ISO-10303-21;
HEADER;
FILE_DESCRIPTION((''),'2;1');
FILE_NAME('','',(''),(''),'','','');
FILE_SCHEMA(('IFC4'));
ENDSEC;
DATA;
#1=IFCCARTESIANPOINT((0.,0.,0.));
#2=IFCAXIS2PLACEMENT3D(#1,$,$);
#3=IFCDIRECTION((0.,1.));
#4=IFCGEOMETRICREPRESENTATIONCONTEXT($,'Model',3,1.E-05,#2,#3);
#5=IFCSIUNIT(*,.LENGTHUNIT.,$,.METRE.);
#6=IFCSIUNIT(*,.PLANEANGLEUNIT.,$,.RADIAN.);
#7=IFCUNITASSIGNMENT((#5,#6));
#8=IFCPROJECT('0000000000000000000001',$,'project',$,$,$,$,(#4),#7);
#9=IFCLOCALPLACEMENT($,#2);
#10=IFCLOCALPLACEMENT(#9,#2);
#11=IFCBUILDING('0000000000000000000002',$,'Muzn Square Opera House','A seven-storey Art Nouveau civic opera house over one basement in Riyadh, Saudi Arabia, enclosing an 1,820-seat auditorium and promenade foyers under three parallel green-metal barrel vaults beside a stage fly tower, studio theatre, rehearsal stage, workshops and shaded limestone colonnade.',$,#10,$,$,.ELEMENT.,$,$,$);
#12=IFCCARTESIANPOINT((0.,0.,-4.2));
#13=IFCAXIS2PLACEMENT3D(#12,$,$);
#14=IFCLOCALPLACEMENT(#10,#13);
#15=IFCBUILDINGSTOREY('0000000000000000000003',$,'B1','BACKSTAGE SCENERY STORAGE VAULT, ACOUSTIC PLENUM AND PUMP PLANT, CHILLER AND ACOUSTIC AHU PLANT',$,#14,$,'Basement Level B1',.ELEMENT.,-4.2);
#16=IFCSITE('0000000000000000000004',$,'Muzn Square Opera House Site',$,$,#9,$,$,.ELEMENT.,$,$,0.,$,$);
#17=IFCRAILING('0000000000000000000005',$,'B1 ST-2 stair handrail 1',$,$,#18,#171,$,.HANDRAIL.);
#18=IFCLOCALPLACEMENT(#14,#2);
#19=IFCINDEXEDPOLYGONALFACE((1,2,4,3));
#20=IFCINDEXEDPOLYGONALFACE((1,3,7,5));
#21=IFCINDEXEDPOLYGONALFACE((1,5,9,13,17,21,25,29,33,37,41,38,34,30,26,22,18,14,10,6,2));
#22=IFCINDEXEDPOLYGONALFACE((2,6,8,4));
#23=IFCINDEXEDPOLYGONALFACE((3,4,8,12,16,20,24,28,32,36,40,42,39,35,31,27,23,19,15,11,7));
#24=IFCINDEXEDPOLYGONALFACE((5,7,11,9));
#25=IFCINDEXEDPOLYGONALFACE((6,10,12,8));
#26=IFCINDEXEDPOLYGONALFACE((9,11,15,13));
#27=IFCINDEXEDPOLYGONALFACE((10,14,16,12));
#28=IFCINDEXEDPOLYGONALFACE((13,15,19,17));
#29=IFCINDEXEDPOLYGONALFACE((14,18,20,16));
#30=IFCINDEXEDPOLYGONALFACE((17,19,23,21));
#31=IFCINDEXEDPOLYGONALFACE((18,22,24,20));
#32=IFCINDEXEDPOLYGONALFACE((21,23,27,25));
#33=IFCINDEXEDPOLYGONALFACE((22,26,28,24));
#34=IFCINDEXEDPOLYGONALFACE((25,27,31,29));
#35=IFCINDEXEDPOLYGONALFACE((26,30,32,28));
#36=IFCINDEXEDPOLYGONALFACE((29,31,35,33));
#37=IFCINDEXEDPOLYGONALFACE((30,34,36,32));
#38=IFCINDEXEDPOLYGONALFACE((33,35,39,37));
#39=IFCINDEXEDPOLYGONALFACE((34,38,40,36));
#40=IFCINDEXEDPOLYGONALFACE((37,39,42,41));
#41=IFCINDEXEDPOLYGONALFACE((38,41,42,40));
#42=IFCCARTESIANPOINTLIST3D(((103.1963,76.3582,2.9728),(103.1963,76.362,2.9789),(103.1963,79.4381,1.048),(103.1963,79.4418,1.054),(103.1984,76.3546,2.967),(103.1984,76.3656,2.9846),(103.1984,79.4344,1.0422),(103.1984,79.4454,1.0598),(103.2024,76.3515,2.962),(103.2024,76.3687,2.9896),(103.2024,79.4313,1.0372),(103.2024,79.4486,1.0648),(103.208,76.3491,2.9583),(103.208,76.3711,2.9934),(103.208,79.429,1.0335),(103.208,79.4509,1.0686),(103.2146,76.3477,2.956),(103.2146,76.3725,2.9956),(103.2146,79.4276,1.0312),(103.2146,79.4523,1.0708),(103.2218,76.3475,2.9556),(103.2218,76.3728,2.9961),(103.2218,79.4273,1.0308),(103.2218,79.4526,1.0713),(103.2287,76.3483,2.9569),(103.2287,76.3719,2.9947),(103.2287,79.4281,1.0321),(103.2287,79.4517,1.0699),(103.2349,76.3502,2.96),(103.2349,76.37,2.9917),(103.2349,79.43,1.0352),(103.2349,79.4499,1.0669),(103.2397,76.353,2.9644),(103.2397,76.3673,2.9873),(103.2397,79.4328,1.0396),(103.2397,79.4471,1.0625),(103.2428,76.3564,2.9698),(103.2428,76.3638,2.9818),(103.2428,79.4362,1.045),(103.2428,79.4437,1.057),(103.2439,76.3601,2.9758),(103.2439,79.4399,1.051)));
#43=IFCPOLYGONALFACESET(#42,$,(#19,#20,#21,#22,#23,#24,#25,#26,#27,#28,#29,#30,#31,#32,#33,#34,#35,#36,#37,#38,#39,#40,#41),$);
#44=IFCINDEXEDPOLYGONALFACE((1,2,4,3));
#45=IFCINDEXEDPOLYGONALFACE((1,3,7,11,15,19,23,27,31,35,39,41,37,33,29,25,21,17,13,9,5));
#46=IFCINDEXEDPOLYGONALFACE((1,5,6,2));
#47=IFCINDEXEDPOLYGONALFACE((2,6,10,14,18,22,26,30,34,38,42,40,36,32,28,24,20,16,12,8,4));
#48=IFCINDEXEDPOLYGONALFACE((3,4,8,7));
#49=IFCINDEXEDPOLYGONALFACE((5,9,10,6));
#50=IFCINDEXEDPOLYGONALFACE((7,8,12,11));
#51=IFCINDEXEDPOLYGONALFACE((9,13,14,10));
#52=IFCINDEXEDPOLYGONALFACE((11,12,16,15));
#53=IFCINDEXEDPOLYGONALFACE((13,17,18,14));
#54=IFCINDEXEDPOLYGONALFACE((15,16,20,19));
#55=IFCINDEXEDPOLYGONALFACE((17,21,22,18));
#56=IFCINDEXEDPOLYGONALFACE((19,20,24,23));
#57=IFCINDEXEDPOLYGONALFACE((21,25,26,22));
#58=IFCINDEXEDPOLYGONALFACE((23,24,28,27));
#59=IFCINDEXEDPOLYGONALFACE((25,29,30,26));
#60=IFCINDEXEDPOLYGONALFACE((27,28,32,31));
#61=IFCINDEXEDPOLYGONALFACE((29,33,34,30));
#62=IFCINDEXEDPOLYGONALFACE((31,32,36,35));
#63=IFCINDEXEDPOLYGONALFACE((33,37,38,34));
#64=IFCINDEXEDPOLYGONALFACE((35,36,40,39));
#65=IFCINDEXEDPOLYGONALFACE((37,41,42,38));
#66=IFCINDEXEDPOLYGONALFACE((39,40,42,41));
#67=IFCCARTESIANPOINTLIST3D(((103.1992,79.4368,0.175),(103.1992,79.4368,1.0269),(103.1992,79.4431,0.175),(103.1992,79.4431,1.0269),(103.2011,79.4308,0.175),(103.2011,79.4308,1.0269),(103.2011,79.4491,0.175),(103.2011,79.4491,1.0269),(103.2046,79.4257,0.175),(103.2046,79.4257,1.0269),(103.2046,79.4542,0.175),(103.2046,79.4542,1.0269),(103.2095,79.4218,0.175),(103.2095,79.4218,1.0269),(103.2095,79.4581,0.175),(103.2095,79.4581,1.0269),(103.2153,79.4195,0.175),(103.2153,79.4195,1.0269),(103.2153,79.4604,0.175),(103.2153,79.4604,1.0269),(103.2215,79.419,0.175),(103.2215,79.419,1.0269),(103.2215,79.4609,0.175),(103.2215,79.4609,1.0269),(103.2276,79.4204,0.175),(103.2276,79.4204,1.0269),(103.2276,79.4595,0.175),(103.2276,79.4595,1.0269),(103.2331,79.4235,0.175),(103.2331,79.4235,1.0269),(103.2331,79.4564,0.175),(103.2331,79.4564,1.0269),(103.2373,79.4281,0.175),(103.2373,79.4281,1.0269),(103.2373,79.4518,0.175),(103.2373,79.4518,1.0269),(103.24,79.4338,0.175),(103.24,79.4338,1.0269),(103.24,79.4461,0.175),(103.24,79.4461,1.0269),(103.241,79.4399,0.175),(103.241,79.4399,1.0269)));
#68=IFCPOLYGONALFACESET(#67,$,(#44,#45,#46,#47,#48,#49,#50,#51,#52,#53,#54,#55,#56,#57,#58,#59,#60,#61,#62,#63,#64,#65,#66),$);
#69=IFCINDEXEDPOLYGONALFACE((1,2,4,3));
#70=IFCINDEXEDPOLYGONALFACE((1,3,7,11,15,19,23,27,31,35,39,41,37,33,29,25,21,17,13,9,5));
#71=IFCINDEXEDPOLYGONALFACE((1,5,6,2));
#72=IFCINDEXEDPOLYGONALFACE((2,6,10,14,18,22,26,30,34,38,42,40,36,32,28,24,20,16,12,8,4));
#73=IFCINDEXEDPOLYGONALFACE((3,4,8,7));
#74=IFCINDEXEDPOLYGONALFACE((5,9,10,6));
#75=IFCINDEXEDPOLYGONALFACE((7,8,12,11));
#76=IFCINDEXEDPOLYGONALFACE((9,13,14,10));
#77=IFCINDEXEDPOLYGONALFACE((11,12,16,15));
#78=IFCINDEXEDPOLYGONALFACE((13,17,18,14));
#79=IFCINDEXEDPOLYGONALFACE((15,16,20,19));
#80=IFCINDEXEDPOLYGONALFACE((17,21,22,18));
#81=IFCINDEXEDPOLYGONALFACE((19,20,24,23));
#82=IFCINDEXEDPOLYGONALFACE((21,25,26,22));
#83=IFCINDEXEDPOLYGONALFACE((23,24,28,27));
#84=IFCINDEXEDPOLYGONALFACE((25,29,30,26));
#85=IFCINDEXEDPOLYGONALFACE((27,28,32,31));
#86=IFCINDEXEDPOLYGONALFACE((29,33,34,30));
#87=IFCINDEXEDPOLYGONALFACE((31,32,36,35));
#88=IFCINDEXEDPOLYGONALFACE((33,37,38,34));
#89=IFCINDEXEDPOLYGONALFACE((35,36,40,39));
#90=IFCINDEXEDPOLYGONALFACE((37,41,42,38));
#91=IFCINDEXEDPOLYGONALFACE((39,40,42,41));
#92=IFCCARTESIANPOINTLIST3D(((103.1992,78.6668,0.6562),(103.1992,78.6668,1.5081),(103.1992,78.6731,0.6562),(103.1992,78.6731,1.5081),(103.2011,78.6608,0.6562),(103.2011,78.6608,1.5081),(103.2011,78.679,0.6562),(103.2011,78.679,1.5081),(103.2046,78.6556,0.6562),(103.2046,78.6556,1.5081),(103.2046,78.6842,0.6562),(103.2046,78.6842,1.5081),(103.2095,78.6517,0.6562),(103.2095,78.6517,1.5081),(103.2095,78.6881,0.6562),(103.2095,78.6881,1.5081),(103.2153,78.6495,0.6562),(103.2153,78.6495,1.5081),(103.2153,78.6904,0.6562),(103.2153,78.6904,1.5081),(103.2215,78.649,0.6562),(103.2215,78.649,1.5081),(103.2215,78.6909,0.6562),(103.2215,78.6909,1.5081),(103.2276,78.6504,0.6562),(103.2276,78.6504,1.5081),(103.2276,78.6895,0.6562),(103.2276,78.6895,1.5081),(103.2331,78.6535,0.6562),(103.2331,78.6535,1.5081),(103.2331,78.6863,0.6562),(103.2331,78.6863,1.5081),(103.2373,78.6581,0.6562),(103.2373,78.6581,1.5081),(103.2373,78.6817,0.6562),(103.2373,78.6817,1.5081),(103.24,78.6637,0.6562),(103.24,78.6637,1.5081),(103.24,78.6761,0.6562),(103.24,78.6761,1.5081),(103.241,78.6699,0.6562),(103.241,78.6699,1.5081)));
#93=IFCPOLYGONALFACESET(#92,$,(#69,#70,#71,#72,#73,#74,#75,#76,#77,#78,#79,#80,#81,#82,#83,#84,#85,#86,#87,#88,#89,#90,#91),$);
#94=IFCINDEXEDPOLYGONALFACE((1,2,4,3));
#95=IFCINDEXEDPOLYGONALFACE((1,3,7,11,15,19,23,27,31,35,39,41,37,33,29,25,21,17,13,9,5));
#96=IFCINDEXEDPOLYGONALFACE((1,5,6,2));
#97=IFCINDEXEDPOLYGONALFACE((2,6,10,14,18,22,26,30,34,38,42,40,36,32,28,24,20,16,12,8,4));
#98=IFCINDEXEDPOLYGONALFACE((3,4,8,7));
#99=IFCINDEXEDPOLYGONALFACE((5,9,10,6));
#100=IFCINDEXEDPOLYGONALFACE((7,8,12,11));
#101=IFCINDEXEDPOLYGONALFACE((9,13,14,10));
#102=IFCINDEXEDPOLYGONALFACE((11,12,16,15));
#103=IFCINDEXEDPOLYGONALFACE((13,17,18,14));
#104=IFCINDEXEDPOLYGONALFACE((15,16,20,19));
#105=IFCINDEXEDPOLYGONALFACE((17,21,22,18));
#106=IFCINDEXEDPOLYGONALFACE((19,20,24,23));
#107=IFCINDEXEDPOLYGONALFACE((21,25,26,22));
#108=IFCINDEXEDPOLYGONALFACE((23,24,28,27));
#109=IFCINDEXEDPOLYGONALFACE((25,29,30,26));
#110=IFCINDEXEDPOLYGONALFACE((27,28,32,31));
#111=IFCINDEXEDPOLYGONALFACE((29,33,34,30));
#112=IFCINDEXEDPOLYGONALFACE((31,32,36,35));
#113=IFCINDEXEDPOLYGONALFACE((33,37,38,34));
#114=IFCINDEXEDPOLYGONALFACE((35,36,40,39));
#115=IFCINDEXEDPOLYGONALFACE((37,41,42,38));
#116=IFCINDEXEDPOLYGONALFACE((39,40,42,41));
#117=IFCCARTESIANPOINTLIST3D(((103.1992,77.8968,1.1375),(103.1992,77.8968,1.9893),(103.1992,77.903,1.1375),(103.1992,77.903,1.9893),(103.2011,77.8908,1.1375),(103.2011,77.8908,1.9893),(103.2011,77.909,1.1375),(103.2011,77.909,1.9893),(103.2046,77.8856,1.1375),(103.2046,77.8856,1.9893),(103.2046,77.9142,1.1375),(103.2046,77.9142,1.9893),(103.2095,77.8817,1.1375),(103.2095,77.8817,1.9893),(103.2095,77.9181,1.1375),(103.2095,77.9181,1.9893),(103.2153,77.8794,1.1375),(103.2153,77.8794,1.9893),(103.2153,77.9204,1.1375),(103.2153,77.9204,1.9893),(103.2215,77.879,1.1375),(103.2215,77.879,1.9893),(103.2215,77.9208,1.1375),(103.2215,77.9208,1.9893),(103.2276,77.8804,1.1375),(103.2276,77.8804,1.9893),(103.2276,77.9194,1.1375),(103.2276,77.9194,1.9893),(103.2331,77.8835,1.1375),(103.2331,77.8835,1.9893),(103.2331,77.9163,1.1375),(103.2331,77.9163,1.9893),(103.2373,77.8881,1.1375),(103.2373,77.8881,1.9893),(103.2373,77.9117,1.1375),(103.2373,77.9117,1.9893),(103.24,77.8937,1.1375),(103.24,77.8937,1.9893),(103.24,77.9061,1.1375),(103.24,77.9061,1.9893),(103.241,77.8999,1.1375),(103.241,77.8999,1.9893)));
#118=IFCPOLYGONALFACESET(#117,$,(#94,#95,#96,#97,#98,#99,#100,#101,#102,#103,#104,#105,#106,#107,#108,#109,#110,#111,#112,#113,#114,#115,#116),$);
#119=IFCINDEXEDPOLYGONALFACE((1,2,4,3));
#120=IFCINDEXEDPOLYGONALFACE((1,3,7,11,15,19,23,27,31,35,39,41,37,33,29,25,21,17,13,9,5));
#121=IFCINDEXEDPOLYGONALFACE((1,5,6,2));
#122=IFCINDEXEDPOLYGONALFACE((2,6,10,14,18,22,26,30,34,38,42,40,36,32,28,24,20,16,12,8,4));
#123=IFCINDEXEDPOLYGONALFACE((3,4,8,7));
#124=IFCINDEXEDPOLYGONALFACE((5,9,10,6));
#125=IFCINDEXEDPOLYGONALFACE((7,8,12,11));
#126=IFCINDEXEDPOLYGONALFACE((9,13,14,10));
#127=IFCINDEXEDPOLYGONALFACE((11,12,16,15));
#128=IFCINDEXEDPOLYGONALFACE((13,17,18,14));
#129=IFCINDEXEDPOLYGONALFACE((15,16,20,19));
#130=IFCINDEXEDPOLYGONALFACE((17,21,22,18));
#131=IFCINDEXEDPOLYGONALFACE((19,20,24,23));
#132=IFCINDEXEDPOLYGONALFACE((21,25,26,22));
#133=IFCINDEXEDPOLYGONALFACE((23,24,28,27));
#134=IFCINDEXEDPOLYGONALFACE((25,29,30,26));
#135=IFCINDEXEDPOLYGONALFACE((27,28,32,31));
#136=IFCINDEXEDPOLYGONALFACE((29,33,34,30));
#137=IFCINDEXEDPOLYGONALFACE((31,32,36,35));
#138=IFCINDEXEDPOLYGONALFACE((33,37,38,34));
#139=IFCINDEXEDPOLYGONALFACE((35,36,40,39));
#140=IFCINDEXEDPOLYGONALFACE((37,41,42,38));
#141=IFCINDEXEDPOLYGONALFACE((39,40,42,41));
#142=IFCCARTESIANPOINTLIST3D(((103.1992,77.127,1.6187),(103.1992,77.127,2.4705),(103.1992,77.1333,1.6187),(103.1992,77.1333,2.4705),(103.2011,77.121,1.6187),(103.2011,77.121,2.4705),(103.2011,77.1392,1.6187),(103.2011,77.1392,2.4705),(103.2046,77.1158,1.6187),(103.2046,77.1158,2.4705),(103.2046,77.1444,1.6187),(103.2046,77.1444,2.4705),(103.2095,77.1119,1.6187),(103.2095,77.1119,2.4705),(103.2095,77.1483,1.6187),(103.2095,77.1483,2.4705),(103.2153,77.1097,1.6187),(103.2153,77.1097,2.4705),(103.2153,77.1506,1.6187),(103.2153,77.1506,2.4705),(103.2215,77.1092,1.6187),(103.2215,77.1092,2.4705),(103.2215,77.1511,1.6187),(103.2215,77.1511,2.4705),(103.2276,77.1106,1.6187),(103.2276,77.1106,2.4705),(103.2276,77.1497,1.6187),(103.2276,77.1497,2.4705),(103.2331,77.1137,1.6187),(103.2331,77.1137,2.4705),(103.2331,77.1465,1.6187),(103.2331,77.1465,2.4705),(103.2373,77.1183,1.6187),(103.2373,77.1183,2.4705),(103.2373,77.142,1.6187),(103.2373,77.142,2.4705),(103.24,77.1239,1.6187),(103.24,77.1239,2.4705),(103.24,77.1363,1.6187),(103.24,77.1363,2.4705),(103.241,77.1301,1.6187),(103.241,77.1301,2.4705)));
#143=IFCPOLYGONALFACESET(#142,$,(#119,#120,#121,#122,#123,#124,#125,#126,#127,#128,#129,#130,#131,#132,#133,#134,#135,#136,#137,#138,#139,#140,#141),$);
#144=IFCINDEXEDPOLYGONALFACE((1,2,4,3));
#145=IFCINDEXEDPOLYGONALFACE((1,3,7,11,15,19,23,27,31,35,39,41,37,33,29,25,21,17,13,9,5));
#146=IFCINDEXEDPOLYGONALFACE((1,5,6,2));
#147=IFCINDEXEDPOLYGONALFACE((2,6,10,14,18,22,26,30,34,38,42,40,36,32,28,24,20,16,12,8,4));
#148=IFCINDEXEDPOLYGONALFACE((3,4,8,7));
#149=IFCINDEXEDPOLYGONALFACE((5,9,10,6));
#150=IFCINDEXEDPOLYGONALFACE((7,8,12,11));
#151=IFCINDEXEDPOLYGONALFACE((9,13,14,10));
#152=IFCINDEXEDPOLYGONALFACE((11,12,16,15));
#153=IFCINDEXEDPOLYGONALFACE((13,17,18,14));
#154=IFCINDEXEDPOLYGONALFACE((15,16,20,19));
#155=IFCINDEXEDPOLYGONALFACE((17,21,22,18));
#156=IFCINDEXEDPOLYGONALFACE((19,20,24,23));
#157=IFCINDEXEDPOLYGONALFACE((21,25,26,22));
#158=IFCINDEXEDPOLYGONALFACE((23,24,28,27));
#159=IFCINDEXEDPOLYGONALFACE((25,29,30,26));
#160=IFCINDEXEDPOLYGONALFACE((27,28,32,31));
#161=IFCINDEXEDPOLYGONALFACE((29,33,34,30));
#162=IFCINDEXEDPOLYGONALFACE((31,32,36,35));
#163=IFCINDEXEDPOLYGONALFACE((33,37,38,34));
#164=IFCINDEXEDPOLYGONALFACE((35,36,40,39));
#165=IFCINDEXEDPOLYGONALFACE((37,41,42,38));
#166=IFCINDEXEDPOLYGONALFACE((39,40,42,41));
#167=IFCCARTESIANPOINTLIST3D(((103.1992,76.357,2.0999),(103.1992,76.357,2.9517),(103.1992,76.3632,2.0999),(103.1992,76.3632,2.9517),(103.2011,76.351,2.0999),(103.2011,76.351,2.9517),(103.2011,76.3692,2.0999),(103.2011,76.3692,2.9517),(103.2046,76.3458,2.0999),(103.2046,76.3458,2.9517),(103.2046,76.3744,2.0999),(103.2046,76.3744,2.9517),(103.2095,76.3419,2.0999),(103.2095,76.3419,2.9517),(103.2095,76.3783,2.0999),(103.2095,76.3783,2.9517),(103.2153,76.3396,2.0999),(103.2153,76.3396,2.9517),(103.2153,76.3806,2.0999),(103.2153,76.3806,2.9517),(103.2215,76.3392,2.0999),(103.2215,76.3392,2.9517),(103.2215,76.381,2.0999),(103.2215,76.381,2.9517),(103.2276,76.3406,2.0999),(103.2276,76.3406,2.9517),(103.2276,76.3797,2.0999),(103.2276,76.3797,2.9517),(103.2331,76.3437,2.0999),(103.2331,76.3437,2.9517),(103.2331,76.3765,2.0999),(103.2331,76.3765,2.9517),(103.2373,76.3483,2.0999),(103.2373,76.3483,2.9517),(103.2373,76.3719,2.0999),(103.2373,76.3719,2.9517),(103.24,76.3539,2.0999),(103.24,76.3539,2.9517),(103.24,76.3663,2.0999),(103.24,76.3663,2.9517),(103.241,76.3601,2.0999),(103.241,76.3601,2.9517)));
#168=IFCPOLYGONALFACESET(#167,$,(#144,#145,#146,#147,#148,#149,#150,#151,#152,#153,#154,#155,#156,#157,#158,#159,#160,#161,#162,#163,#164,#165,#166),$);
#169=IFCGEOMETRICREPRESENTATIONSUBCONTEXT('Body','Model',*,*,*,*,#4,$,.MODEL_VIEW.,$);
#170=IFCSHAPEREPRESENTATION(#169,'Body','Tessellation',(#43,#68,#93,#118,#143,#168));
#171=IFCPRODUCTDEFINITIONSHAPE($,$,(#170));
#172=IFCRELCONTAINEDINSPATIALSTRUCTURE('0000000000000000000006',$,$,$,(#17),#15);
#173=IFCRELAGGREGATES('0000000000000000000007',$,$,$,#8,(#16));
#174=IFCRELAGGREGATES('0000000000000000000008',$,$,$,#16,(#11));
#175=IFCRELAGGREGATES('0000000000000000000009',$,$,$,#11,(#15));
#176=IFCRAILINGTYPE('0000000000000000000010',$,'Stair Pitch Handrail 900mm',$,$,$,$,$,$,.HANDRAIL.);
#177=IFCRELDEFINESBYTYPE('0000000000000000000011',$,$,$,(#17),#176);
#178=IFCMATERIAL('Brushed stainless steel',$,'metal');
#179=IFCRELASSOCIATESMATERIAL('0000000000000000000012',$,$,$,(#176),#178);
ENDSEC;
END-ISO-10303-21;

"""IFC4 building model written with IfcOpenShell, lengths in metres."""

from ifc_helpers import new_model, si_unit, direction, frame, origin, origin_2d, place, context, subcontext, project, spatial, circle, extrude, material, type_object, element, save


model = new_model("IFC4")

# Units and contexts
model_context = context("Model", 3, precision=1e-05, world=origin(), true_north=direction((0.0, 1.0)))
body_context = subcontext(model_context, "Body", "Model", "MODEL_VIEW")
ifc_project = project(units=[si_unit("LENGTHUNIT", "METRE"), si_unit("PLANEANGLEUNIT", "RADIAN")], contexts=[model_context])

# Site, building, storey
site_placement = place(None, origin())
site = spatial("IfcSite", under=ifc_project, at=site_placement, Name="Muzn Square Opera House Site", CompositionType="ELEMENT", RefElevation=0.0)
building_placement = place(site_placement, origin())
building = spatial("IfcBuilding", under=site, at=building_placement, Name="Muzn Square Opera House", Description="A seven-storey Art Nouveau civic opera house over one basement in Riyadh, Saudi Arabia, enclosing an 1,820-seat auditorium and promenade foyers under three parallel green-metal barrel vaults beside a stage fly tower, studio theatre, rehearsal stage, workshops and shaded limestone colonnade.", CompositionType="ELEMENT")
storey_placement = place(building_placement, frame((0.0, 0.0, -4.2)))
storey = spatial("IfcBuildingStorey", under=building, at=storey_placement, Name="B1", Description="BACKSTAGE SCENERY STORAGE VAULT, ACOUSTIC PLENUM AND PUMP PLANT, CHILLER AND ACOUSTIC AHU PLANT", LongName="Basement Level B1", CompositionType="ELEMENT", Elevation=-4.2)

# Railing
ifc_material_1 = material(Name="Brushed stainless steel", Category="metal")
railing_type_1 = type_object("IfcRailingType", Name="Stair Pitch Handrail 900mm", PredefinedType="HANDRAIL", material=ifc_material_1)
railing_1_placement = place(storey_placement, frame((103.22, 79.4399, 0.175)))
element("IfcRailing", 1, at=railing_1_placement, inside=storey, type_object=railing_type_1, Name="B1 ST-2 stair handrail 1", PredefinedType="HANDRAIL", context=body_context, shape_type="SweptSolid", body=[
    extrude(circle(Radius=0.0239, at=origin_2d()), frame((0.0, 0.0, 0.876), z_axis=(0.0, -0.84801, 0.529981), x_axis=(1.0, 0.0, 0.0)), (0.0, 0.0, 1.0), 3.6318),
    extrude(circle(Radius=0.021, at=origin_2d()), origin(), (0.0, 0.0, 1.0), 0.8518),
    extrude(circle(Radius=0.021, at=origin_2d()), frame((0.0, -0.77, 0.4812)), (0.0, 0.0, 1.0), 0.8518),
    extrude(circle(Radius=0.021, at=origin_2d()), frame((0.0, -1.54, 0.9624)), (0.0, 0.0, 1.0), 0.8518),
    extrude(circle(Radius=0.021, at=origin_2d()), frame((0.0, -2.3098, 1.4436)), (0.0, 0.0, 1.0), 0.8518),
    extrude(circle(Radius=0.021, at=origin_2d()), frame((0.0, -3.0798, 1.9248)), (0.0, 0.0, 1.0), 0.8518),
])

save(model, "model.ifc")
